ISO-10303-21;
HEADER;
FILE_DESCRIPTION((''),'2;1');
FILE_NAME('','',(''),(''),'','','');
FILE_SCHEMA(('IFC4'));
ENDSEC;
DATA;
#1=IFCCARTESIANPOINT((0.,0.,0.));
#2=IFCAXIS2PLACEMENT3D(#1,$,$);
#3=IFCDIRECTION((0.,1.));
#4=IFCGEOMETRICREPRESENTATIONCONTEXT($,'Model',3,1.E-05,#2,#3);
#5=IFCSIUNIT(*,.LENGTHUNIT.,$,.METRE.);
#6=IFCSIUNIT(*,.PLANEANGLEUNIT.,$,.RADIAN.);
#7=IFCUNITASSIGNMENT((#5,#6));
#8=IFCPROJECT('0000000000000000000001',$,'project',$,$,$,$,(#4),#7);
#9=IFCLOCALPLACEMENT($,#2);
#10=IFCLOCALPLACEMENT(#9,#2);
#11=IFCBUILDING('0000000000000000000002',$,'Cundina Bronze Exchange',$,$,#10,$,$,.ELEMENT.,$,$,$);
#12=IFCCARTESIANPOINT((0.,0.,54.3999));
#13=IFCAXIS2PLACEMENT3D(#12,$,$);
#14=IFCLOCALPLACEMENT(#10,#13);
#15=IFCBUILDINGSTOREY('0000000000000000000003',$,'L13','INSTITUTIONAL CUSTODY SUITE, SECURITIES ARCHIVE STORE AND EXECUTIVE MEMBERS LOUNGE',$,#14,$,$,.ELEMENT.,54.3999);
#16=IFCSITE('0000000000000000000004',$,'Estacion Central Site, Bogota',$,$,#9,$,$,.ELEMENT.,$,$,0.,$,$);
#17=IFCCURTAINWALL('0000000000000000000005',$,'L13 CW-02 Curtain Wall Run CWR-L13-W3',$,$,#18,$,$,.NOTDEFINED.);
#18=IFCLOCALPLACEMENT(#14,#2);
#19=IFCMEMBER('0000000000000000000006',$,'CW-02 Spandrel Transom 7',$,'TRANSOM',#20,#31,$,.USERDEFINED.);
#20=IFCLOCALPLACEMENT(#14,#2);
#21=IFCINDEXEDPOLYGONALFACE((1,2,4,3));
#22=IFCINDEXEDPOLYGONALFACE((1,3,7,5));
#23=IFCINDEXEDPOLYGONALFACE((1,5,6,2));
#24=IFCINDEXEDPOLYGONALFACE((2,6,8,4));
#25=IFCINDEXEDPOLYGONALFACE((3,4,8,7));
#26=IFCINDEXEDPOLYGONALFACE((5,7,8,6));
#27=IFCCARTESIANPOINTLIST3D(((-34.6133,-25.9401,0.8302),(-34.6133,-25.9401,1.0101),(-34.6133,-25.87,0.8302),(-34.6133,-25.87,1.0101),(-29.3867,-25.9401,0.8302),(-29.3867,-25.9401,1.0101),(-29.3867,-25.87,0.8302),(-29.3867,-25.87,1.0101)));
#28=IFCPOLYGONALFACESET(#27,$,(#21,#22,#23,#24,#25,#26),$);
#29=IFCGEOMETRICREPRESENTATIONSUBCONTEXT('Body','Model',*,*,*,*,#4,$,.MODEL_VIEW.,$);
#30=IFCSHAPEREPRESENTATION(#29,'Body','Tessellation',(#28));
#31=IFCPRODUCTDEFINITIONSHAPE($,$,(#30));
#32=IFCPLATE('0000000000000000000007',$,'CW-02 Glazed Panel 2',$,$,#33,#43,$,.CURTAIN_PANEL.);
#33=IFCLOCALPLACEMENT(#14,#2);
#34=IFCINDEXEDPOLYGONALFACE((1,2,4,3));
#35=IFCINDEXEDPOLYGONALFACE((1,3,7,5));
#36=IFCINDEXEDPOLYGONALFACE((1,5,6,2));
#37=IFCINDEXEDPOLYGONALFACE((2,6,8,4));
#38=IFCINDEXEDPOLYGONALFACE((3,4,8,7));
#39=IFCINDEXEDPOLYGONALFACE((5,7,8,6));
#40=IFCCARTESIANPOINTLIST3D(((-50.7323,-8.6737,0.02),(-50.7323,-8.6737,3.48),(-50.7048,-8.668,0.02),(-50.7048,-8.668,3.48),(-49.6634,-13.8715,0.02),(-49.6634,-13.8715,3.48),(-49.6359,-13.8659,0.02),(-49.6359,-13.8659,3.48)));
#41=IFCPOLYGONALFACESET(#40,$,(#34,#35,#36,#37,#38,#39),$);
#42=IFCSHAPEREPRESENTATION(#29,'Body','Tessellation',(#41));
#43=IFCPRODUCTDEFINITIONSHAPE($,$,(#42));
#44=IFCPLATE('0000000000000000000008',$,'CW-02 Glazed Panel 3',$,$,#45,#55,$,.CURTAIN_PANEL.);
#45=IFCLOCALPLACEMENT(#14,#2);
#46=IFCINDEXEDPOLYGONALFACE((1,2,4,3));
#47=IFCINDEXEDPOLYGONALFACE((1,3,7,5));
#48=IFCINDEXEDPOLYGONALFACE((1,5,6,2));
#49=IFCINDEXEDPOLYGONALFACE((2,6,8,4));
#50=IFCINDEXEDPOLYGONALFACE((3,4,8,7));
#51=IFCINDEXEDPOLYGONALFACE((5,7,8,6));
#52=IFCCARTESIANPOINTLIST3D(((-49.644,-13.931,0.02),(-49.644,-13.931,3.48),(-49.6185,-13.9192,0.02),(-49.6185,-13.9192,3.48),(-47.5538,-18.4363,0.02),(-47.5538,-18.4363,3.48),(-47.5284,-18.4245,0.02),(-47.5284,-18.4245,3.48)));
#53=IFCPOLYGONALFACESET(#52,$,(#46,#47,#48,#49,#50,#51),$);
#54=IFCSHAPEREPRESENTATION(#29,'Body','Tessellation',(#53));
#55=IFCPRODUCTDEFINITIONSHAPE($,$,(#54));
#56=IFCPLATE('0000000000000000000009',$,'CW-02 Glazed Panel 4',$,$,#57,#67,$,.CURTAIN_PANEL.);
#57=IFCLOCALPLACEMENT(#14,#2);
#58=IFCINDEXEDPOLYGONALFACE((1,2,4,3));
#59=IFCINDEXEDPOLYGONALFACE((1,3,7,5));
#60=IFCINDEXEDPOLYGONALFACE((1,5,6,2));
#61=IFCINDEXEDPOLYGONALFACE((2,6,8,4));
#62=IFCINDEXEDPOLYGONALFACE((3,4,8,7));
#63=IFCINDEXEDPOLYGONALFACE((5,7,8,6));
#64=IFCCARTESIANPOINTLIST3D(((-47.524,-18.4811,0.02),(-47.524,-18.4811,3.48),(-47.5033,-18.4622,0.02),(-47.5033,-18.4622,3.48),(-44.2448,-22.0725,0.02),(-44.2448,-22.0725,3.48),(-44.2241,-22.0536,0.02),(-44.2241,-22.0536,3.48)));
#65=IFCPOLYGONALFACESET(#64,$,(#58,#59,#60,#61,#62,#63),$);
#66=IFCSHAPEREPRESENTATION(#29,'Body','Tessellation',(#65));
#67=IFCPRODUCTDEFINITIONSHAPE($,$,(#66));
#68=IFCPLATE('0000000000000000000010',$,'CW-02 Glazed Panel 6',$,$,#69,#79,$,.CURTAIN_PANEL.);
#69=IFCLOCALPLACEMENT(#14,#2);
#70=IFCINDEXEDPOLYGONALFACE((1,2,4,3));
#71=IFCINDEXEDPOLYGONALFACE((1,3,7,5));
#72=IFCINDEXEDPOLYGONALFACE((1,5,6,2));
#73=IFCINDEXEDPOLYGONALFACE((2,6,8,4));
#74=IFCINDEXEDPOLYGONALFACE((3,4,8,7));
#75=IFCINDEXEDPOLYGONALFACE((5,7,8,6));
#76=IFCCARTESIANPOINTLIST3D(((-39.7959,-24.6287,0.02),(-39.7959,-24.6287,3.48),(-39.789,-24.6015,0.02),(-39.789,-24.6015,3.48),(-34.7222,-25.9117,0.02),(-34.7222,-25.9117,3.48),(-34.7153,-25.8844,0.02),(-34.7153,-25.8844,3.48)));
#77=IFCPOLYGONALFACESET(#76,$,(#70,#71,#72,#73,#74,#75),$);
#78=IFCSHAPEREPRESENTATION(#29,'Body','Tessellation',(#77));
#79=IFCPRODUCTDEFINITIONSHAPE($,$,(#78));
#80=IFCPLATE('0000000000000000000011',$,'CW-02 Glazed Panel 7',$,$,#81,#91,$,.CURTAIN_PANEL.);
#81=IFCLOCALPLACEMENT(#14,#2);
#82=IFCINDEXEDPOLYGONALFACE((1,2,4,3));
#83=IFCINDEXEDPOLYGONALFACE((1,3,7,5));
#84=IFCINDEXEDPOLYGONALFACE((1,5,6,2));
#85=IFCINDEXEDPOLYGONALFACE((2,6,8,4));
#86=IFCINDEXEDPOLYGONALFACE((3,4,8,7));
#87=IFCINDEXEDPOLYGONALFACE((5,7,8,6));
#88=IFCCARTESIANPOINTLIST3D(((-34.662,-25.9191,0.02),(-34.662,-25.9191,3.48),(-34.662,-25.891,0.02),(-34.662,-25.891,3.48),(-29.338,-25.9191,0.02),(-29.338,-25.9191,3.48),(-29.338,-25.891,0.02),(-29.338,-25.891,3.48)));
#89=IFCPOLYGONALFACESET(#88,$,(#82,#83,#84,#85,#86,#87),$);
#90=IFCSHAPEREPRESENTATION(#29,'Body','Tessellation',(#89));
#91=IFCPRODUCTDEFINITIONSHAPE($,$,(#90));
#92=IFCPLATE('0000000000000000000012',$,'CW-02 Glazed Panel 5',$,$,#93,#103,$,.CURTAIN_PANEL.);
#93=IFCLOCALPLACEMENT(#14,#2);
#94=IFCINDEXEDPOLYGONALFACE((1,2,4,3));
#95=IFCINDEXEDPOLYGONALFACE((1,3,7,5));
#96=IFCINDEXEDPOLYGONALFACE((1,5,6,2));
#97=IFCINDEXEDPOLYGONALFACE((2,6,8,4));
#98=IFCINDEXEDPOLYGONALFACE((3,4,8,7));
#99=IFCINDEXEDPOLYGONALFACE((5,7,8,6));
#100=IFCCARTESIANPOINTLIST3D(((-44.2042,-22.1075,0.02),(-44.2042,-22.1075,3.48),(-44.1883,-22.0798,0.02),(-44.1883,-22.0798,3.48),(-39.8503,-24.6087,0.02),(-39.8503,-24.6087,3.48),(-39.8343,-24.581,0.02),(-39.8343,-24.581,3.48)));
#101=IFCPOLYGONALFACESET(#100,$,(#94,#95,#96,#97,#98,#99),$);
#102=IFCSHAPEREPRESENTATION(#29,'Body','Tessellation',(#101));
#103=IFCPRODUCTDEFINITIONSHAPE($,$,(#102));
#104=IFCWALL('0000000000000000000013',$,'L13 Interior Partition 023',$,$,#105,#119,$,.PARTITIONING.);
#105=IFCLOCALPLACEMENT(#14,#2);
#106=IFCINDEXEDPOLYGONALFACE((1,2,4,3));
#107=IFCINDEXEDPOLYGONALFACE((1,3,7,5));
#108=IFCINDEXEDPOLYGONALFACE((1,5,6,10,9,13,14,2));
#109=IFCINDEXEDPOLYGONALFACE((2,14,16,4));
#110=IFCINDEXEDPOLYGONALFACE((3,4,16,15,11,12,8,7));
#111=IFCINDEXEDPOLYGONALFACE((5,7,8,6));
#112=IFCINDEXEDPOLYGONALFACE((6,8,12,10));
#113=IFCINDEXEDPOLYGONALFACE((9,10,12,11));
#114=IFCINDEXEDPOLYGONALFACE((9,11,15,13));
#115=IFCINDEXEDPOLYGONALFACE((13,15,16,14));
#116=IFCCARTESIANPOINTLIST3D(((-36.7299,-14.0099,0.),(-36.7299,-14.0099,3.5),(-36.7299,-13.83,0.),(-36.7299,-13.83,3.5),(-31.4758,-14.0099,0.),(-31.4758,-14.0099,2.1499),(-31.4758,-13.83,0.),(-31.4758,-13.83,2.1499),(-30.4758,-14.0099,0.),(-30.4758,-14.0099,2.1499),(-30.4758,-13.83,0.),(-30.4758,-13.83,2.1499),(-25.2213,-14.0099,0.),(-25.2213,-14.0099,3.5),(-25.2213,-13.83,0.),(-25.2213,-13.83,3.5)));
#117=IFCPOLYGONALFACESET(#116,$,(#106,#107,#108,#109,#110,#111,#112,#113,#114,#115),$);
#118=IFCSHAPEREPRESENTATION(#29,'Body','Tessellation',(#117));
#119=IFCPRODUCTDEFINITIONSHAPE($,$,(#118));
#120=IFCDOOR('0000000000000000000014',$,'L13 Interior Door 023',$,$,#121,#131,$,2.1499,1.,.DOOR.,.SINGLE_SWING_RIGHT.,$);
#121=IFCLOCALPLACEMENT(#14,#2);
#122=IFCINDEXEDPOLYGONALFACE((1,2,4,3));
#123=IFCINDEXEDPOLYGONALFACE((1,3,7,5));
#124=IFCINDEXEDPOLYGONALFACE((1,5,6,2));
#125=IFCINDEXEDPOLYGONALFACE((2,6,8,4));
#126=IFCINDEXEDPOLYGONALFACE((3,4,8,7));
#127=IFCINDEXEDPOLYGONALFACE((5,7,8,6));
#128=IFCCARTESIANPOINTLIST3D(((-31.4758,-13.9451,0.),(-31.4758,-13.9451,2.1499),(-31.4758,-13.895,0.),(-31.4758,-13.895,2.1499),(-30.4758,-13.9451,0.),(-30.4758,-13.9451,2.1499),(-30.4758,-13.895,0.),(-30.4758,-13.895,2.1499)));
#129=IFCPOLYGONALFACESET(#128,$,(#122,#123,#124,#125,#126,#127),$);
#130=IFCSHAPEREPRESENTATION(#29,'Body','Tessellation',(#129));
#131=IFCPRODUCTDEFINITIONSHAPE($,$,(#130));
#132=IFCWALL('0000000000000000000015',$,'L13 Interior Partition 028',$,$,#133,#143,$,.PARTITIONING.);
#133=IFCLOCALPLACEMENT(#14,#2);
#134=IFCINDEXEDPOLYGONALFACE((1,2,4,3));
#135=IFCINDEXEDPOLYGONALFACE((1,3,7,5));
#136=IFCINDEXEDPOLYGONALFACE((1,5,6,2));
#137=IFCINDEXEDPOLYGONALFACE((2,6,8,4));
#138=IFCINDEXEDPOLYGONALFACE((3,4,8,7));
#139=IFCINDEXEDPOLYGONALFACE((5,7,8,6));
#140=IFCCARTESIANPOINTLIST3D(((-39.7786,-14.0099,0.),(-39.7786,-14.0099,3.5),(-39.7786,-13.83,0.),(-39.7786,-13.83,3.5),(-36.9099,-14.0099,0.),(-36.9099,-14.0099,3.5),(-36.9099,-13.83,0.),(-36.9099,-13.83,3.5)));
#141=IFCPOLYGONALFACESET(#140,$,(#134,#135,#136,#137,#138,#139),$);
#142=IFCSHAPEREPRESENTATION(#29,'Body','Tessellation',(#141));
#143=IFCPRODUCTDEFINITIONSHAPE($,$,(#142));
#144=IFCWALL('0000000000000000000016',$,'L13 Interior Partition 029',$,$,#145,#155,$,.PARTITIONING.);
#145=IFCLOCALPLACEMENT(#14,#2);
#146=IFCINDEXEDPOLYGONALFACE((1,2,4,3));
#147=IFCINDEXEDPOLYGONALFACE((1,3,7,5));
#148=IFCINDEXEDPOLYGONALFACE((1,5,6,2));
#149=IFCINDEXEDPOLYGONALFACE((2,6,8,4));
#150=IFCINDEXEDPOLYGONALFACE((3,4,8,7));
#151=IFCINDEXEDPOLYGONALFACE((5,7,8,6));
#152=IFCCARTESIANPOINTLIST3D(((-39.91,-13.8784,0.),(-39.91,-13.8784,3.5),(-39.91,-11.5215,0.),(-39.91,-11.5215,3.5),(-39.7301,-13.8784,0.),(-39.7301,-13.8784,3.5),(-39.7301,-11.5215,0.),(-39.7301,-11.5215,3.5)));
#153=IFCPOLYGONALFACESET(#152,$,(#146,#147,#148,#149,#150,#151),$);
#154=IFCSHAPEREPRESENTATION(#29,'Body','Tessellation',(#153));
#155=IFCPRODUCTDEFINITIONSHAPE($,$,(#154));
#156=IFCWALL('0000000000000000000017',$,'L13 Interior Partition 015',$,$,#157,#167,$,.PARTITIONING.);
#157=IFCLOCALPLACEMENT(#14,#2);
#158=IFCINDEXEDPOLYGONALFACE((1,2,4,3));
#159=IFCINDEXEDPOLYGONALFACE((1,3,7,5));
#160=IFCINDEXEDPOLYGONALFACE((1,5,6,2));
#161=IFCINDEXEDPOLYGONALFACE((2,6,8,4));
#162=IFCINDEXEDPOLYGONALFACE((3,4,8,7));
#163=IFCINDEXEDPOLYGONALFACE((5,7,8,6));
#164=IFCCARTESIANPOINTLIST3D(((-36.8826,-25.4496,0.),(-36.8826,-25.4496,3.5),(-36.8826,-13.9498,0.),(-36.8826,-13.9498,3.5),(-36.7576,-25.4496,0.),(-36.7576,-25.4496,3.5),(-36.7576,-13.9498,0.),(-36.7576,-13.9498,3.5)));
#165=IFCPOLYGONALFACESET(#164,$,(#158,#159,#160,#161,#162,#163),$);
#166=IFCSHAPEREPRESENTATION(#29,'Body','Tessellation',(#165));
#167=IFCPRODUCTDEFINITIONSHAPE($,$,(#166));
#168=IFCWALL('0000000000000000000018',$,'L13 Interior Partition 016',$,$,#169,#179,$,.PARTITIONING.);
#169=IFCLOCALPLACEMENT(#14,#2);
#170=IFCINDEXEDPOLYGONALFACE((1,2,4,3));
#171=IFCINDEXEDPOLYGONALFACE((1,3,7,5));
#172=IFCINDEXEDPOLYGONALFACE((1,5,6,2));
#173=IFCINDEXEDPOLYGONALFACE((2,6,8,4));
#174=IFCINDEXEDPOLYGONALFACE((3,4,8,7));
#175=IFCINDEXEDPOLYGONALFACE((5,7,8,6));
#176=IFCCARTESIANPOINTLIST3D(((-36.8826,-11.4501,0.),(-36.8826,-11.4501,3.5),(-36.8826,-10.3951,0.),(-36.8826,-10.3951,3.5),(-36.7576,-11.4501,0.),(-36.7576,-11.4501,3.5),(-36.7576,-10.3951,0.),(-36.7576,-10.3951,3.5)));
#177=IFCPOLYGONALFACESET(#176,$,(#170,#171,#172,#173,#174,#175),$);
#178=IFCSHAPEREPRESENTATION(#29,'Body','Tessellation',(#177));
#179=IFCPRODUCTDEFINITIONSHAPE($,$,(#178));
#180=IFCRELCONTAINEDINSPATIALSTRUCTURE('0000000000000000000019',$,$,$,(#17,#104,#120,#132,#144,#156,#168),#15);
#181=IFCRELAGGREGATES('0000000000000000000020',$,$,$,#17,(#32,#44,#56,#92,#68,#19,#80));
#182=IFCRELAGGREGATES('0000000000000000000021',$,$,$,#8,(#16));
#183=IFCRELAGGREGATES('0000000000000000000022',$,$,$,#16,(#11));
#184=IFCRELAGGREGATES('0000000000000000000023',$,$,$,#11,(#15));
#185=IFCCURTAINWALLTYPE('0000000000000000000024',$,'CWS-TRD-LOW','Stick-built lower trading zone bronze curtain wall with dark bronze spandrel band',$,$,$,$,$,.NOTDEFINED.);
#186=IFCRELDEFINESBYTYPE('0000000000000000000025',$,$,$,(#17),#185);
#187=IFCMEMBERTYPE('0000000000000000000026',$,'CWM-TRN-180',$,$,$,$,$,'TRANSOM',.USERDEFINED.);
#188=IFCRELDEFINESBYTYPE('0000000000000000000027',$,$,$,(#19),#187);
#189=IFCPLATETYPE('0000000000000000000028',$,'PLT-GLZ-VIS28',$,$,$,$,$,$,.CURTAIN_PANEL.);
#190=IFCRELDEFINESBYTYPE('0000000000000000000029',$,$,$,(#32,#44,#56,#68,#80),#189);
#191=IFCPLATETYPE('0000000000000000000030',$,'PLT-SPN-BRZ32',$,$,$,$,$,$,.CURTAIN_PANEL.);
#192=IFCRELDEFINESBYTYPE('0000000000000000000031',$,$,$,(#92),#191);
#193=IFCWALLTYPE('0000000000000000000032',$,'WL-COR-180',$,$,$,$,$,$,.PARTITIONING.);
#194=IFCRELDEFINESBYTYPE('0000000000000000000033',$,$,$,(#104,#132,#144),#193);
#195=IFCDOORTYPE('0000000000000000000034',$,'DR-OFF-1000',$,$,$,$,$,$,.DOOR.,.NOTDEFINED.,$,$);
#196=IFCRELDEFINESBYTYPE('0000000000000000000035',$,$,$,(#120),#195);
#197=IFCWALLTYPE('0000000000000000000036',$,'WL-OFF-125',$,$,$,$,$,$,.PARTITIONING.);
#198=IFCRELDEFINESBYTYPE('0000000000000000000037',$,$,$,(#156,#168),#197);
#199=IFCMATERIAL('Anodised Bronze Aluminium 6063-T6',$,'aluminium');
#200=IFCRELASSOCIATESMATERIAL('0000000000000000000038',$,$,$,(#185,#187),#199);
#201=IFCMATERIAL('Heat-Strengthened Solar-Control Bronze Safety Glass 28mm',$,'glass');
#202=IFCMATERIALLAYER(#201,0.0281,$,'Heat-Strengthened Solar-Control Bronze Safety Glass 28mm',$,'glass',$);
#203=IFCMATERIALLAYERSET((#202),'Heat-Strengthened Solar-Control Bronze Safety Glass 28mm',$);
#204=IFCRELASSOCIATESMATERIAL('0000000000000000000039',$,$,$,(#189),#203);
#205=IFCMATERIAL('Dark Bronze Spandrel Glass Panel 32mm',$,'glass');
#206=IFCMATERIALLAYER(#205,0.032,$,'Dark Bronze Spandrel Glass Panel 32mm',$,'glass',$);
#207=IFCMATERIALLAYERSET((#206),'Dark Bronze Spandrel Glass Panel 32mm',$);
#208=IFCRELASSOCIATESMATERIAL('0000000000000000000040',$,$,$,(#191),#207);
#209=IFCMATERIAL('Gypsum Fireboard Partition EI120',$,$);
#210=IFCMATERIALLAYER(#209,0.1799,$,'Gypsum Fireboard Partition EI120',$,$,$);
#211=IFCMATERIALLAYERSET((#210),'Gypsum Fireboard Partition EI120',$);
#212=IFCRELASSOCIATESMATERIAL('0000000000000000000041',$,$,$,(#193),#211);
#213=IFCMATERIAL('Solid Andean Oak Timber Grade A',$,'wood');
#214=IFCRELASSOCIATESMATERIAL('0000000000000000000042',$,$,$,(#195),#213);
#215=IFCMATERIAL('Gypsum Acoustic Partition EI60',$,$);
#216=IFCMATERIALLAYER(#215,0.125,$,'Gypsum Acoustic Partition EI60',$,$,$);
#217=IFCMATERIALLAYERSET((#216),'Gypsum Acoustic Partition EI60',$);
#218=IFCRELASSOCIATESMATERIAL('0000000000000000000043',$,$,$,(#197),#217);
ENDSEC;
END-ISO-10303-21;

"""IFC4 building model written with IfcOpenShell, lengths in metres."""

from ifc_helpers import new_model, si_unit, direction, frame, frame_2d, origin, origin_2d, place, context, subcontext, project, spatial, rectangle, extrude, material, layer, layer_set, material_profile, profile_set, type_object, element, fill, aggregate, save


model = new_model("IFC4")

# Units and contexts
model_context = context("Model", 3, precision=1e-05, world=origin(), true_north=direction((0.0, 1.0)))
body_context = subcontext(model_context, "Body", "Model", "MODEL_VIEW")
ifc_project = project(units=[si_unit("LENGTHUNIT", "METRE"), si_unit("PLANEANGLEUNIT", "RADIAN")], contexts=[model_context])

# Site, building, storey
site_placement = place(None, origin())
site = spatial("IfcSite", under=ifc_project, at=site_placement, Name="Estacion Central Site, Bogota", CompositionType="ELEMENT", RefElevation=0.0)
building_placement = place(site_placement, origin())
building = spatial("IfcBuilding", under=site, at=building_placement, Name="Cundina Bronze Exchange", CompositionType="ELEMENT")
storey_placement = place(building_placement, frame((0.0, 0.0, 54.3999)))
storey = spatial("IfcBuildingStorey", under=building, at=storey_placement, Name="L13", Description="INSTITUTIONAL CUSTODY SUITE, SECURITIES ARCHIVE STORE AND EXECUTIVE MEMBERS LOUNGE", CompositionType="ELEMENT", Elevation=54.3999)

# Curtain wall, member, plates
ifc_material_1 = material(Name="Anodised Bronze Aluminium 6063-T6", Category="aluminium")
curtain_wall_type = type_object("IfcCurtainWallType", Name="CWS-TRD-LOW", Description="Stick-built lower trading zone bronze curtain wall with dark bronze spandrel band", PredefinedType="NOTDEFINED", material=ifc_material_1)
curtain_wall_placement = place(storey_placement, origin())
curtain_wall = element("IfcCurtainWall", 1, at=curtain_wall_placement, inside=storey, type_object=curtain_wall_type, Name="L13 CW-02 Curtain Wall Run CWR-L13-W3", PredefinedType="NOTDEFINED")
ifc_material_profile_1 = material_profile(ifc_material_1, rectangle(XDim=0.0701, YDim=0.1799, at=origin_2d()), Name="AL70X180", Category="aluminium")
ifc_profile_set_1 = profile_set([ifc_material_profile_1], Name="Anodised Bronze Aluminium 6063-T6")
member_type_1 = type_object("IfcMemberType", Name="CWM-TRN-180", ElementType="TRANSOM", PredefinedType="USERDEFINED", material=ifc_profile_set_1)
member_1_placement = place(storey_placement, frame((-34.6133, -25.905, 0.9202), z_axis=(1.0, 0.0, 0.0), x_axis=(0.0, 1.0, 0.0)))
member_1 = element("IfcMember", 2, at=member_1_placement, type_object=member_type_1, Name="CW-02 Spandrel Transom 7", ObjectType="TRANSOM", PredefinedType="USERDEFINED", context=body_context, shape_type="SweptSolid", body=[
    extrude(rectangle(XDim=0.0701, YDim=0.1799, at=origin_2d()), origin(), (0.0, 0.0, 1.0), 5.2266),
])
ifc_material_2 = material(Name="Heat-Strengthened Solar-Control Bronze Safety Glass 28mm", Category="glass")
ifc_layer_1 = layer(ifc_material_2, 0.0281, Name="Heat-Strengthened Solar-Control Bronze Safety Glass 28mm", Category="glass")
ifc_layer_set_1 = layer_set([ifc_layer_1], Name="Heat-Strengthened Solar-Control Bronze Safety Glass 28mm")
plate_type_1 = type_object("IfcPlateType", Name="PLT-GLZ-VIS28", PredefinedType="CURTAIN_PANEL", material=ifc_layer_set_1)
plate_1_placement = place(storey_placement, frame((-50.1841, -11.2698, 0.02), z_axis=(0.0, 0.0, 1.0), x_axis=(0.20142, -0.979505, 0.0)))
plate_1 = element("IfcPlate", 3, at=plate_1_placement, type_object=plate_type_1, Name="CW-02 Glazed Panel 2", PredefinedType="CURTAIN_PANEL", context=body_context, shape_type="SweptSolid", body=[
    extrude(rectangle(XDim=5.3066, YDim=0.0281, at=origin_2d()), origin(), (0.0, 0.0, 1.0), 3.46),
])
plate_2_placement = place(storey_placement, frame((-48.5862, -16.1777, 0.02), z_axis=(0.0, 0.0, 1.0), x_axis=(0.420846, -0.907132, 0.0)))
plate_2 = element("IfcPlate", 4, at=plate_2_placement, type_object=plate_type_1, Name="CW-02 Glazed Panel 3", PredefinedType="CURTAIN_PANEL", context=body_context, shape_type="SweptSolid", body=[
    extrude(rectangle(XDim=4.9666, YDim=0.0281, at=origin_2d()), origin(), (0.0, 0.0, 1.0), 3.46),
])
plate_3_placement = place(storey_placement, frame((-45.874, -20.2673, 0.02), z_axis=(0.0, 0.0, 1.0), x_axis=(0.674277, -0.738479, 0.0)))
plate_3 = element("IfcPlate", 5, at=plate_3_placement, type_object=plate_type_1, Name="CW-02 Glazed Panel 4", PredefinedType="CURTAIN_PANEL", context=body_context, shape_type="SweptSolid", body=[
    extrude(rectangle(XDim=4.8633, YDim=0.0281, at=origin_2d()), origin(), (0.0, 0.0, 1.0), 3.46),
])
plate_4_placement = place(storey_placement, frame((-37.2556, -25.2566, 0.02), z_axis=(0.0, 0.0, 1.0), x_axis=(0.969488, -0.245138, 0.0)))
plate_4 = element("IfcPlate", 6, at=plate_4_placement, type_object=plate_type_1, Name="CW-02 Glazed Panel 6", PredefinedType="CURTAIN_PANEL", context=body_context, shape_type="SweptSolid", body=[
    extrude(rectangle(XDim=5.2334, YDim=0.0281, at=origin_2d()), origin(), (0.0, 0.0, 1.0), 3.46),
])
plate_5_placement = place(storey_placement, frame((-32.0, -25.905, 0.02), z_axis=(0.0, 0.0, 1.0), x_axis=(1.0, 0.0, 0.0)))
plate_5 = element("IfcPlate", 7, at=plate_5_placement, type_object=plate_type_1, Name="CW-02 Glazed Panel 7", PredefinedType="CURTAIN_PANEL", context=body_context, shape_type="SweptSolid", body=[
    extrude(rectangle(XDim=5.324, YDim=0.0281, at=origin_2d()), origin(), (0.0, 0.0, 1.0), 3.46),
])
ifc_material_3 = material(Name="Dark Bronze Spandrel Glass Panel 32mm", Category="glass")
ifc_layer_2 = layer(ifc_material_3, 0.032, Name="Dark Bronze Spandrel Glass Panel 32mm", Category="glass")
ifc_layer_set_2 = layer_set([ifc_layer_2], Name="Dark Bronze Spandrel Glass Panel 32mm")
plate_type_2 = type_object("IfcPlateType", Name="PLT-SPN-BRZ32", PredefinedType="CURTAIN_PANEL", material=ifc_layer_set_2)
plate_6_placement = place(storey_placement, frame((-42.0193, -23.3442, 0.02), z_axis=(0.0, 0.0, 1.0), x_axis=(0.867105, -0.498125, 0.0)))
plate_6 = element("IfcPlate", 8, at=plate_6_placement, type_object=plate_type_2, Name="CW-02 Glazed Panel 5", PredefinedType="CURTAIN_PANEL", context=body_context, shape_type="SweptSolid", body=[
    extrude(rectangle(XDim=5.0212, YDim=0.032, at=origin_2d()), origin(), (0.0, 0.0, 1.0), 3.46),
])
aggregate(curtain_wall, [plate_1, plate_2, plate_3, plate_6, plate_4, member_1, plate_5])

# Wall, opening, door
ifc_material_4 = material(Name="Gypsum Fireboard Partition EI120")
ifc_layer_3 = layer(ifc_material_4, 0.1799, Name="Gypsum Fireboard Partition EI120")
ifc_layer_set_3 = layer_set([ifc_layer_3], Name="Gypsum Fireboard Partition EI120")
wall_type_1 = type_object("IfcWallType", Name="WL-COR-180", PredefinedType="PARTITIONING", material=ifc_layer_set_3)
wall_1_placement = place(storey_placement, frame((-36.73, -13.9199, 0.0), z_axis=(0.0, 0.0, 1.0), x_axis=(1.0, 0.0, 0.0)))
wall_1 = element("IfcWall", 9, at=wall_1_placement, inside=storey, type_object=wall_type_1, Name="L13 Interior Partition 023", PredefinedType="PARTITIONING", context=body_context, shape_type="SweptSolid", body=[
    extrude(rectangle(XDim=11.5085, YDim=0.1799, at=frame_2d((5.7544, 0.0))), origin(), (0.0, 0.0, 1.0), 3.5),
])
opening_1_placement = place(wall_1_placement, frame((5.2542, 0.0, 0.0)))
opening_1 = element("IfcOpeningElement", 10, at=opening_1_placement, cuts=wall_1, PredefinedType="OPENING", context=body_context, shape_type="SweptSolid", body=[
    extrude(rectangle(XDim=1.0, YDim=2.1499, at=frame_2d((0.5, 1.075))), frame((0.0, 0.0999, 0.0), z_axis=(0.0, -1.0, 0.0), x_axis=(1.0, 0.0, 0.0)), (0.0, 0.0, 1.0), 0.2),
])
ifc_material_5 = material(Name="Solid Andean Oak Timber Grade A", Category="wood")
door_type = type_object("IfcDoorType", Name="DR-OFF-1000", OperationType="NOTDEFINED", PredefinedType="DOOR", material=ifc_material_5)
door_1_placement = place(opening_1_placement, origin())
door_1 = element("IfcDoor", 11, at=door_1_placement, inside=storey, type_object=door_type, Name="L13 Interior Door 023", OperationType="SINGLE_SWING_RIGHT", OverallHeight=2.1499, OverallWidth=1.0, PredefinedType="DOOR", context=body_context, shape_type="SweptSolid", body=[
    extrude(rectangle(XDim=1.0, YDim=2.1499, at=frame_2d((0.5, 1.075))), frame((0.0, 0.0249, 0.0), z_axis=(0.0, -1.0, 0.0), x_axis=(1.0, 0.0, 0.0)), (0.0, 0.0, 1.0), 0.05),
])
fill(opening_1, door_1)

# Walls
wall_2_placement = place(storey_placement, frame((-39.7786, -13.9199, 0.0), z_axis=(0.0, 0.0, 1.0), x_axis=(1.0, 0.0, 0.0)))
element("IfcWall", 12, at=wall_2_placement, inside=storey, type_object=wall_type_1, Name="L13 Interior Partition 028", PredefinedType="PARTITIONING", context=body_context, shape_type="SweptSolid", body=[
    extrude(rectangle(XDim=2.8687, YDim=0.1799, at=frame_2d((1.4343, 0.0))), origin(), (0.0, 0.0, 1.0), 3.5),
])
wall_3_placement = place(storey_placement, frame((-39.8201, -11.5215, 0.0), z_axis=(0.0, 0.0, 1.0), x_axis=(0.0, -1.0, 0.0)))
element("IfcWall", 13, at=wall_3_placement, inside=storey, type_object=wall_type_1, Name="L13 Interior Partition 029", PredefinedType="PARTITIONING", context=body_context, shape_type="SweptSolid", body=[
    extrude(rectangle(XDim=2.3569, YDim=0.1799, at=frame_2d((1.1785, 0.0))), origin(), (0.0, 0.0, 1.0), 3.5),
])
ifc_material_6 = material(Name="Gypsum Acoustic Partition EI60")
ifc_layer_4 = layer(ifc_material_6, 0.125, Name="Gypsum Acoustic Partition EI60")
ifc_layer_set_4 = layer_set([ifc_layer_4], Name="Gypsum Acoustic Partition EI60")
wall_type_2 = type_object("IfcWallType", Name="WL-OFF-125", PredefinedType="PARTITIONING", material=ifc_layer_set_4)
wall_4_placement = place(storey_placement, frame((-36.8201, -25.4497, 0.0), z_axis=(0.0, 0.0, 1.0), x_axis=(0.0, 1.0, 0.0)))
element("IfcWall", 14, at=wall_4_placement, inside=storey, type_object=wall_type_2, Name="L13 Interior Partition 015", PredefinedType="PARTITIONING", context=body_context, shape_type="SweptSolid", body=[
    extrude(rectangle(XDim=11.4998, YDim=0.125, at=frame_2d((5.75, 0.0))), origin(), (0.0, 0.0, 1.0), 3.5),
])
wall_5_placement = place(storey_placement, frame((-36.8201, -11.45, 0.0), z_axis=(0.0, 0.0, 1.0), x_axis=(0.0, 1.0, 0.0)))
element("IfcWall", 15, at=wall_5_placement, inside=storey, type_object=wall_type_2, Name="L13 Interior Partition 016", PredefinedType="PARTITIONING", context=body_context, shape_type="SweptSolid", body=[
    extrude(rectangle(XDim=1.0549, YDim=0.125, at=frame_2d((0.5273, 0.0))), origin(), (0.0, 0.0, 1.0), 3.5),
])

save(model, "model.ifc")
